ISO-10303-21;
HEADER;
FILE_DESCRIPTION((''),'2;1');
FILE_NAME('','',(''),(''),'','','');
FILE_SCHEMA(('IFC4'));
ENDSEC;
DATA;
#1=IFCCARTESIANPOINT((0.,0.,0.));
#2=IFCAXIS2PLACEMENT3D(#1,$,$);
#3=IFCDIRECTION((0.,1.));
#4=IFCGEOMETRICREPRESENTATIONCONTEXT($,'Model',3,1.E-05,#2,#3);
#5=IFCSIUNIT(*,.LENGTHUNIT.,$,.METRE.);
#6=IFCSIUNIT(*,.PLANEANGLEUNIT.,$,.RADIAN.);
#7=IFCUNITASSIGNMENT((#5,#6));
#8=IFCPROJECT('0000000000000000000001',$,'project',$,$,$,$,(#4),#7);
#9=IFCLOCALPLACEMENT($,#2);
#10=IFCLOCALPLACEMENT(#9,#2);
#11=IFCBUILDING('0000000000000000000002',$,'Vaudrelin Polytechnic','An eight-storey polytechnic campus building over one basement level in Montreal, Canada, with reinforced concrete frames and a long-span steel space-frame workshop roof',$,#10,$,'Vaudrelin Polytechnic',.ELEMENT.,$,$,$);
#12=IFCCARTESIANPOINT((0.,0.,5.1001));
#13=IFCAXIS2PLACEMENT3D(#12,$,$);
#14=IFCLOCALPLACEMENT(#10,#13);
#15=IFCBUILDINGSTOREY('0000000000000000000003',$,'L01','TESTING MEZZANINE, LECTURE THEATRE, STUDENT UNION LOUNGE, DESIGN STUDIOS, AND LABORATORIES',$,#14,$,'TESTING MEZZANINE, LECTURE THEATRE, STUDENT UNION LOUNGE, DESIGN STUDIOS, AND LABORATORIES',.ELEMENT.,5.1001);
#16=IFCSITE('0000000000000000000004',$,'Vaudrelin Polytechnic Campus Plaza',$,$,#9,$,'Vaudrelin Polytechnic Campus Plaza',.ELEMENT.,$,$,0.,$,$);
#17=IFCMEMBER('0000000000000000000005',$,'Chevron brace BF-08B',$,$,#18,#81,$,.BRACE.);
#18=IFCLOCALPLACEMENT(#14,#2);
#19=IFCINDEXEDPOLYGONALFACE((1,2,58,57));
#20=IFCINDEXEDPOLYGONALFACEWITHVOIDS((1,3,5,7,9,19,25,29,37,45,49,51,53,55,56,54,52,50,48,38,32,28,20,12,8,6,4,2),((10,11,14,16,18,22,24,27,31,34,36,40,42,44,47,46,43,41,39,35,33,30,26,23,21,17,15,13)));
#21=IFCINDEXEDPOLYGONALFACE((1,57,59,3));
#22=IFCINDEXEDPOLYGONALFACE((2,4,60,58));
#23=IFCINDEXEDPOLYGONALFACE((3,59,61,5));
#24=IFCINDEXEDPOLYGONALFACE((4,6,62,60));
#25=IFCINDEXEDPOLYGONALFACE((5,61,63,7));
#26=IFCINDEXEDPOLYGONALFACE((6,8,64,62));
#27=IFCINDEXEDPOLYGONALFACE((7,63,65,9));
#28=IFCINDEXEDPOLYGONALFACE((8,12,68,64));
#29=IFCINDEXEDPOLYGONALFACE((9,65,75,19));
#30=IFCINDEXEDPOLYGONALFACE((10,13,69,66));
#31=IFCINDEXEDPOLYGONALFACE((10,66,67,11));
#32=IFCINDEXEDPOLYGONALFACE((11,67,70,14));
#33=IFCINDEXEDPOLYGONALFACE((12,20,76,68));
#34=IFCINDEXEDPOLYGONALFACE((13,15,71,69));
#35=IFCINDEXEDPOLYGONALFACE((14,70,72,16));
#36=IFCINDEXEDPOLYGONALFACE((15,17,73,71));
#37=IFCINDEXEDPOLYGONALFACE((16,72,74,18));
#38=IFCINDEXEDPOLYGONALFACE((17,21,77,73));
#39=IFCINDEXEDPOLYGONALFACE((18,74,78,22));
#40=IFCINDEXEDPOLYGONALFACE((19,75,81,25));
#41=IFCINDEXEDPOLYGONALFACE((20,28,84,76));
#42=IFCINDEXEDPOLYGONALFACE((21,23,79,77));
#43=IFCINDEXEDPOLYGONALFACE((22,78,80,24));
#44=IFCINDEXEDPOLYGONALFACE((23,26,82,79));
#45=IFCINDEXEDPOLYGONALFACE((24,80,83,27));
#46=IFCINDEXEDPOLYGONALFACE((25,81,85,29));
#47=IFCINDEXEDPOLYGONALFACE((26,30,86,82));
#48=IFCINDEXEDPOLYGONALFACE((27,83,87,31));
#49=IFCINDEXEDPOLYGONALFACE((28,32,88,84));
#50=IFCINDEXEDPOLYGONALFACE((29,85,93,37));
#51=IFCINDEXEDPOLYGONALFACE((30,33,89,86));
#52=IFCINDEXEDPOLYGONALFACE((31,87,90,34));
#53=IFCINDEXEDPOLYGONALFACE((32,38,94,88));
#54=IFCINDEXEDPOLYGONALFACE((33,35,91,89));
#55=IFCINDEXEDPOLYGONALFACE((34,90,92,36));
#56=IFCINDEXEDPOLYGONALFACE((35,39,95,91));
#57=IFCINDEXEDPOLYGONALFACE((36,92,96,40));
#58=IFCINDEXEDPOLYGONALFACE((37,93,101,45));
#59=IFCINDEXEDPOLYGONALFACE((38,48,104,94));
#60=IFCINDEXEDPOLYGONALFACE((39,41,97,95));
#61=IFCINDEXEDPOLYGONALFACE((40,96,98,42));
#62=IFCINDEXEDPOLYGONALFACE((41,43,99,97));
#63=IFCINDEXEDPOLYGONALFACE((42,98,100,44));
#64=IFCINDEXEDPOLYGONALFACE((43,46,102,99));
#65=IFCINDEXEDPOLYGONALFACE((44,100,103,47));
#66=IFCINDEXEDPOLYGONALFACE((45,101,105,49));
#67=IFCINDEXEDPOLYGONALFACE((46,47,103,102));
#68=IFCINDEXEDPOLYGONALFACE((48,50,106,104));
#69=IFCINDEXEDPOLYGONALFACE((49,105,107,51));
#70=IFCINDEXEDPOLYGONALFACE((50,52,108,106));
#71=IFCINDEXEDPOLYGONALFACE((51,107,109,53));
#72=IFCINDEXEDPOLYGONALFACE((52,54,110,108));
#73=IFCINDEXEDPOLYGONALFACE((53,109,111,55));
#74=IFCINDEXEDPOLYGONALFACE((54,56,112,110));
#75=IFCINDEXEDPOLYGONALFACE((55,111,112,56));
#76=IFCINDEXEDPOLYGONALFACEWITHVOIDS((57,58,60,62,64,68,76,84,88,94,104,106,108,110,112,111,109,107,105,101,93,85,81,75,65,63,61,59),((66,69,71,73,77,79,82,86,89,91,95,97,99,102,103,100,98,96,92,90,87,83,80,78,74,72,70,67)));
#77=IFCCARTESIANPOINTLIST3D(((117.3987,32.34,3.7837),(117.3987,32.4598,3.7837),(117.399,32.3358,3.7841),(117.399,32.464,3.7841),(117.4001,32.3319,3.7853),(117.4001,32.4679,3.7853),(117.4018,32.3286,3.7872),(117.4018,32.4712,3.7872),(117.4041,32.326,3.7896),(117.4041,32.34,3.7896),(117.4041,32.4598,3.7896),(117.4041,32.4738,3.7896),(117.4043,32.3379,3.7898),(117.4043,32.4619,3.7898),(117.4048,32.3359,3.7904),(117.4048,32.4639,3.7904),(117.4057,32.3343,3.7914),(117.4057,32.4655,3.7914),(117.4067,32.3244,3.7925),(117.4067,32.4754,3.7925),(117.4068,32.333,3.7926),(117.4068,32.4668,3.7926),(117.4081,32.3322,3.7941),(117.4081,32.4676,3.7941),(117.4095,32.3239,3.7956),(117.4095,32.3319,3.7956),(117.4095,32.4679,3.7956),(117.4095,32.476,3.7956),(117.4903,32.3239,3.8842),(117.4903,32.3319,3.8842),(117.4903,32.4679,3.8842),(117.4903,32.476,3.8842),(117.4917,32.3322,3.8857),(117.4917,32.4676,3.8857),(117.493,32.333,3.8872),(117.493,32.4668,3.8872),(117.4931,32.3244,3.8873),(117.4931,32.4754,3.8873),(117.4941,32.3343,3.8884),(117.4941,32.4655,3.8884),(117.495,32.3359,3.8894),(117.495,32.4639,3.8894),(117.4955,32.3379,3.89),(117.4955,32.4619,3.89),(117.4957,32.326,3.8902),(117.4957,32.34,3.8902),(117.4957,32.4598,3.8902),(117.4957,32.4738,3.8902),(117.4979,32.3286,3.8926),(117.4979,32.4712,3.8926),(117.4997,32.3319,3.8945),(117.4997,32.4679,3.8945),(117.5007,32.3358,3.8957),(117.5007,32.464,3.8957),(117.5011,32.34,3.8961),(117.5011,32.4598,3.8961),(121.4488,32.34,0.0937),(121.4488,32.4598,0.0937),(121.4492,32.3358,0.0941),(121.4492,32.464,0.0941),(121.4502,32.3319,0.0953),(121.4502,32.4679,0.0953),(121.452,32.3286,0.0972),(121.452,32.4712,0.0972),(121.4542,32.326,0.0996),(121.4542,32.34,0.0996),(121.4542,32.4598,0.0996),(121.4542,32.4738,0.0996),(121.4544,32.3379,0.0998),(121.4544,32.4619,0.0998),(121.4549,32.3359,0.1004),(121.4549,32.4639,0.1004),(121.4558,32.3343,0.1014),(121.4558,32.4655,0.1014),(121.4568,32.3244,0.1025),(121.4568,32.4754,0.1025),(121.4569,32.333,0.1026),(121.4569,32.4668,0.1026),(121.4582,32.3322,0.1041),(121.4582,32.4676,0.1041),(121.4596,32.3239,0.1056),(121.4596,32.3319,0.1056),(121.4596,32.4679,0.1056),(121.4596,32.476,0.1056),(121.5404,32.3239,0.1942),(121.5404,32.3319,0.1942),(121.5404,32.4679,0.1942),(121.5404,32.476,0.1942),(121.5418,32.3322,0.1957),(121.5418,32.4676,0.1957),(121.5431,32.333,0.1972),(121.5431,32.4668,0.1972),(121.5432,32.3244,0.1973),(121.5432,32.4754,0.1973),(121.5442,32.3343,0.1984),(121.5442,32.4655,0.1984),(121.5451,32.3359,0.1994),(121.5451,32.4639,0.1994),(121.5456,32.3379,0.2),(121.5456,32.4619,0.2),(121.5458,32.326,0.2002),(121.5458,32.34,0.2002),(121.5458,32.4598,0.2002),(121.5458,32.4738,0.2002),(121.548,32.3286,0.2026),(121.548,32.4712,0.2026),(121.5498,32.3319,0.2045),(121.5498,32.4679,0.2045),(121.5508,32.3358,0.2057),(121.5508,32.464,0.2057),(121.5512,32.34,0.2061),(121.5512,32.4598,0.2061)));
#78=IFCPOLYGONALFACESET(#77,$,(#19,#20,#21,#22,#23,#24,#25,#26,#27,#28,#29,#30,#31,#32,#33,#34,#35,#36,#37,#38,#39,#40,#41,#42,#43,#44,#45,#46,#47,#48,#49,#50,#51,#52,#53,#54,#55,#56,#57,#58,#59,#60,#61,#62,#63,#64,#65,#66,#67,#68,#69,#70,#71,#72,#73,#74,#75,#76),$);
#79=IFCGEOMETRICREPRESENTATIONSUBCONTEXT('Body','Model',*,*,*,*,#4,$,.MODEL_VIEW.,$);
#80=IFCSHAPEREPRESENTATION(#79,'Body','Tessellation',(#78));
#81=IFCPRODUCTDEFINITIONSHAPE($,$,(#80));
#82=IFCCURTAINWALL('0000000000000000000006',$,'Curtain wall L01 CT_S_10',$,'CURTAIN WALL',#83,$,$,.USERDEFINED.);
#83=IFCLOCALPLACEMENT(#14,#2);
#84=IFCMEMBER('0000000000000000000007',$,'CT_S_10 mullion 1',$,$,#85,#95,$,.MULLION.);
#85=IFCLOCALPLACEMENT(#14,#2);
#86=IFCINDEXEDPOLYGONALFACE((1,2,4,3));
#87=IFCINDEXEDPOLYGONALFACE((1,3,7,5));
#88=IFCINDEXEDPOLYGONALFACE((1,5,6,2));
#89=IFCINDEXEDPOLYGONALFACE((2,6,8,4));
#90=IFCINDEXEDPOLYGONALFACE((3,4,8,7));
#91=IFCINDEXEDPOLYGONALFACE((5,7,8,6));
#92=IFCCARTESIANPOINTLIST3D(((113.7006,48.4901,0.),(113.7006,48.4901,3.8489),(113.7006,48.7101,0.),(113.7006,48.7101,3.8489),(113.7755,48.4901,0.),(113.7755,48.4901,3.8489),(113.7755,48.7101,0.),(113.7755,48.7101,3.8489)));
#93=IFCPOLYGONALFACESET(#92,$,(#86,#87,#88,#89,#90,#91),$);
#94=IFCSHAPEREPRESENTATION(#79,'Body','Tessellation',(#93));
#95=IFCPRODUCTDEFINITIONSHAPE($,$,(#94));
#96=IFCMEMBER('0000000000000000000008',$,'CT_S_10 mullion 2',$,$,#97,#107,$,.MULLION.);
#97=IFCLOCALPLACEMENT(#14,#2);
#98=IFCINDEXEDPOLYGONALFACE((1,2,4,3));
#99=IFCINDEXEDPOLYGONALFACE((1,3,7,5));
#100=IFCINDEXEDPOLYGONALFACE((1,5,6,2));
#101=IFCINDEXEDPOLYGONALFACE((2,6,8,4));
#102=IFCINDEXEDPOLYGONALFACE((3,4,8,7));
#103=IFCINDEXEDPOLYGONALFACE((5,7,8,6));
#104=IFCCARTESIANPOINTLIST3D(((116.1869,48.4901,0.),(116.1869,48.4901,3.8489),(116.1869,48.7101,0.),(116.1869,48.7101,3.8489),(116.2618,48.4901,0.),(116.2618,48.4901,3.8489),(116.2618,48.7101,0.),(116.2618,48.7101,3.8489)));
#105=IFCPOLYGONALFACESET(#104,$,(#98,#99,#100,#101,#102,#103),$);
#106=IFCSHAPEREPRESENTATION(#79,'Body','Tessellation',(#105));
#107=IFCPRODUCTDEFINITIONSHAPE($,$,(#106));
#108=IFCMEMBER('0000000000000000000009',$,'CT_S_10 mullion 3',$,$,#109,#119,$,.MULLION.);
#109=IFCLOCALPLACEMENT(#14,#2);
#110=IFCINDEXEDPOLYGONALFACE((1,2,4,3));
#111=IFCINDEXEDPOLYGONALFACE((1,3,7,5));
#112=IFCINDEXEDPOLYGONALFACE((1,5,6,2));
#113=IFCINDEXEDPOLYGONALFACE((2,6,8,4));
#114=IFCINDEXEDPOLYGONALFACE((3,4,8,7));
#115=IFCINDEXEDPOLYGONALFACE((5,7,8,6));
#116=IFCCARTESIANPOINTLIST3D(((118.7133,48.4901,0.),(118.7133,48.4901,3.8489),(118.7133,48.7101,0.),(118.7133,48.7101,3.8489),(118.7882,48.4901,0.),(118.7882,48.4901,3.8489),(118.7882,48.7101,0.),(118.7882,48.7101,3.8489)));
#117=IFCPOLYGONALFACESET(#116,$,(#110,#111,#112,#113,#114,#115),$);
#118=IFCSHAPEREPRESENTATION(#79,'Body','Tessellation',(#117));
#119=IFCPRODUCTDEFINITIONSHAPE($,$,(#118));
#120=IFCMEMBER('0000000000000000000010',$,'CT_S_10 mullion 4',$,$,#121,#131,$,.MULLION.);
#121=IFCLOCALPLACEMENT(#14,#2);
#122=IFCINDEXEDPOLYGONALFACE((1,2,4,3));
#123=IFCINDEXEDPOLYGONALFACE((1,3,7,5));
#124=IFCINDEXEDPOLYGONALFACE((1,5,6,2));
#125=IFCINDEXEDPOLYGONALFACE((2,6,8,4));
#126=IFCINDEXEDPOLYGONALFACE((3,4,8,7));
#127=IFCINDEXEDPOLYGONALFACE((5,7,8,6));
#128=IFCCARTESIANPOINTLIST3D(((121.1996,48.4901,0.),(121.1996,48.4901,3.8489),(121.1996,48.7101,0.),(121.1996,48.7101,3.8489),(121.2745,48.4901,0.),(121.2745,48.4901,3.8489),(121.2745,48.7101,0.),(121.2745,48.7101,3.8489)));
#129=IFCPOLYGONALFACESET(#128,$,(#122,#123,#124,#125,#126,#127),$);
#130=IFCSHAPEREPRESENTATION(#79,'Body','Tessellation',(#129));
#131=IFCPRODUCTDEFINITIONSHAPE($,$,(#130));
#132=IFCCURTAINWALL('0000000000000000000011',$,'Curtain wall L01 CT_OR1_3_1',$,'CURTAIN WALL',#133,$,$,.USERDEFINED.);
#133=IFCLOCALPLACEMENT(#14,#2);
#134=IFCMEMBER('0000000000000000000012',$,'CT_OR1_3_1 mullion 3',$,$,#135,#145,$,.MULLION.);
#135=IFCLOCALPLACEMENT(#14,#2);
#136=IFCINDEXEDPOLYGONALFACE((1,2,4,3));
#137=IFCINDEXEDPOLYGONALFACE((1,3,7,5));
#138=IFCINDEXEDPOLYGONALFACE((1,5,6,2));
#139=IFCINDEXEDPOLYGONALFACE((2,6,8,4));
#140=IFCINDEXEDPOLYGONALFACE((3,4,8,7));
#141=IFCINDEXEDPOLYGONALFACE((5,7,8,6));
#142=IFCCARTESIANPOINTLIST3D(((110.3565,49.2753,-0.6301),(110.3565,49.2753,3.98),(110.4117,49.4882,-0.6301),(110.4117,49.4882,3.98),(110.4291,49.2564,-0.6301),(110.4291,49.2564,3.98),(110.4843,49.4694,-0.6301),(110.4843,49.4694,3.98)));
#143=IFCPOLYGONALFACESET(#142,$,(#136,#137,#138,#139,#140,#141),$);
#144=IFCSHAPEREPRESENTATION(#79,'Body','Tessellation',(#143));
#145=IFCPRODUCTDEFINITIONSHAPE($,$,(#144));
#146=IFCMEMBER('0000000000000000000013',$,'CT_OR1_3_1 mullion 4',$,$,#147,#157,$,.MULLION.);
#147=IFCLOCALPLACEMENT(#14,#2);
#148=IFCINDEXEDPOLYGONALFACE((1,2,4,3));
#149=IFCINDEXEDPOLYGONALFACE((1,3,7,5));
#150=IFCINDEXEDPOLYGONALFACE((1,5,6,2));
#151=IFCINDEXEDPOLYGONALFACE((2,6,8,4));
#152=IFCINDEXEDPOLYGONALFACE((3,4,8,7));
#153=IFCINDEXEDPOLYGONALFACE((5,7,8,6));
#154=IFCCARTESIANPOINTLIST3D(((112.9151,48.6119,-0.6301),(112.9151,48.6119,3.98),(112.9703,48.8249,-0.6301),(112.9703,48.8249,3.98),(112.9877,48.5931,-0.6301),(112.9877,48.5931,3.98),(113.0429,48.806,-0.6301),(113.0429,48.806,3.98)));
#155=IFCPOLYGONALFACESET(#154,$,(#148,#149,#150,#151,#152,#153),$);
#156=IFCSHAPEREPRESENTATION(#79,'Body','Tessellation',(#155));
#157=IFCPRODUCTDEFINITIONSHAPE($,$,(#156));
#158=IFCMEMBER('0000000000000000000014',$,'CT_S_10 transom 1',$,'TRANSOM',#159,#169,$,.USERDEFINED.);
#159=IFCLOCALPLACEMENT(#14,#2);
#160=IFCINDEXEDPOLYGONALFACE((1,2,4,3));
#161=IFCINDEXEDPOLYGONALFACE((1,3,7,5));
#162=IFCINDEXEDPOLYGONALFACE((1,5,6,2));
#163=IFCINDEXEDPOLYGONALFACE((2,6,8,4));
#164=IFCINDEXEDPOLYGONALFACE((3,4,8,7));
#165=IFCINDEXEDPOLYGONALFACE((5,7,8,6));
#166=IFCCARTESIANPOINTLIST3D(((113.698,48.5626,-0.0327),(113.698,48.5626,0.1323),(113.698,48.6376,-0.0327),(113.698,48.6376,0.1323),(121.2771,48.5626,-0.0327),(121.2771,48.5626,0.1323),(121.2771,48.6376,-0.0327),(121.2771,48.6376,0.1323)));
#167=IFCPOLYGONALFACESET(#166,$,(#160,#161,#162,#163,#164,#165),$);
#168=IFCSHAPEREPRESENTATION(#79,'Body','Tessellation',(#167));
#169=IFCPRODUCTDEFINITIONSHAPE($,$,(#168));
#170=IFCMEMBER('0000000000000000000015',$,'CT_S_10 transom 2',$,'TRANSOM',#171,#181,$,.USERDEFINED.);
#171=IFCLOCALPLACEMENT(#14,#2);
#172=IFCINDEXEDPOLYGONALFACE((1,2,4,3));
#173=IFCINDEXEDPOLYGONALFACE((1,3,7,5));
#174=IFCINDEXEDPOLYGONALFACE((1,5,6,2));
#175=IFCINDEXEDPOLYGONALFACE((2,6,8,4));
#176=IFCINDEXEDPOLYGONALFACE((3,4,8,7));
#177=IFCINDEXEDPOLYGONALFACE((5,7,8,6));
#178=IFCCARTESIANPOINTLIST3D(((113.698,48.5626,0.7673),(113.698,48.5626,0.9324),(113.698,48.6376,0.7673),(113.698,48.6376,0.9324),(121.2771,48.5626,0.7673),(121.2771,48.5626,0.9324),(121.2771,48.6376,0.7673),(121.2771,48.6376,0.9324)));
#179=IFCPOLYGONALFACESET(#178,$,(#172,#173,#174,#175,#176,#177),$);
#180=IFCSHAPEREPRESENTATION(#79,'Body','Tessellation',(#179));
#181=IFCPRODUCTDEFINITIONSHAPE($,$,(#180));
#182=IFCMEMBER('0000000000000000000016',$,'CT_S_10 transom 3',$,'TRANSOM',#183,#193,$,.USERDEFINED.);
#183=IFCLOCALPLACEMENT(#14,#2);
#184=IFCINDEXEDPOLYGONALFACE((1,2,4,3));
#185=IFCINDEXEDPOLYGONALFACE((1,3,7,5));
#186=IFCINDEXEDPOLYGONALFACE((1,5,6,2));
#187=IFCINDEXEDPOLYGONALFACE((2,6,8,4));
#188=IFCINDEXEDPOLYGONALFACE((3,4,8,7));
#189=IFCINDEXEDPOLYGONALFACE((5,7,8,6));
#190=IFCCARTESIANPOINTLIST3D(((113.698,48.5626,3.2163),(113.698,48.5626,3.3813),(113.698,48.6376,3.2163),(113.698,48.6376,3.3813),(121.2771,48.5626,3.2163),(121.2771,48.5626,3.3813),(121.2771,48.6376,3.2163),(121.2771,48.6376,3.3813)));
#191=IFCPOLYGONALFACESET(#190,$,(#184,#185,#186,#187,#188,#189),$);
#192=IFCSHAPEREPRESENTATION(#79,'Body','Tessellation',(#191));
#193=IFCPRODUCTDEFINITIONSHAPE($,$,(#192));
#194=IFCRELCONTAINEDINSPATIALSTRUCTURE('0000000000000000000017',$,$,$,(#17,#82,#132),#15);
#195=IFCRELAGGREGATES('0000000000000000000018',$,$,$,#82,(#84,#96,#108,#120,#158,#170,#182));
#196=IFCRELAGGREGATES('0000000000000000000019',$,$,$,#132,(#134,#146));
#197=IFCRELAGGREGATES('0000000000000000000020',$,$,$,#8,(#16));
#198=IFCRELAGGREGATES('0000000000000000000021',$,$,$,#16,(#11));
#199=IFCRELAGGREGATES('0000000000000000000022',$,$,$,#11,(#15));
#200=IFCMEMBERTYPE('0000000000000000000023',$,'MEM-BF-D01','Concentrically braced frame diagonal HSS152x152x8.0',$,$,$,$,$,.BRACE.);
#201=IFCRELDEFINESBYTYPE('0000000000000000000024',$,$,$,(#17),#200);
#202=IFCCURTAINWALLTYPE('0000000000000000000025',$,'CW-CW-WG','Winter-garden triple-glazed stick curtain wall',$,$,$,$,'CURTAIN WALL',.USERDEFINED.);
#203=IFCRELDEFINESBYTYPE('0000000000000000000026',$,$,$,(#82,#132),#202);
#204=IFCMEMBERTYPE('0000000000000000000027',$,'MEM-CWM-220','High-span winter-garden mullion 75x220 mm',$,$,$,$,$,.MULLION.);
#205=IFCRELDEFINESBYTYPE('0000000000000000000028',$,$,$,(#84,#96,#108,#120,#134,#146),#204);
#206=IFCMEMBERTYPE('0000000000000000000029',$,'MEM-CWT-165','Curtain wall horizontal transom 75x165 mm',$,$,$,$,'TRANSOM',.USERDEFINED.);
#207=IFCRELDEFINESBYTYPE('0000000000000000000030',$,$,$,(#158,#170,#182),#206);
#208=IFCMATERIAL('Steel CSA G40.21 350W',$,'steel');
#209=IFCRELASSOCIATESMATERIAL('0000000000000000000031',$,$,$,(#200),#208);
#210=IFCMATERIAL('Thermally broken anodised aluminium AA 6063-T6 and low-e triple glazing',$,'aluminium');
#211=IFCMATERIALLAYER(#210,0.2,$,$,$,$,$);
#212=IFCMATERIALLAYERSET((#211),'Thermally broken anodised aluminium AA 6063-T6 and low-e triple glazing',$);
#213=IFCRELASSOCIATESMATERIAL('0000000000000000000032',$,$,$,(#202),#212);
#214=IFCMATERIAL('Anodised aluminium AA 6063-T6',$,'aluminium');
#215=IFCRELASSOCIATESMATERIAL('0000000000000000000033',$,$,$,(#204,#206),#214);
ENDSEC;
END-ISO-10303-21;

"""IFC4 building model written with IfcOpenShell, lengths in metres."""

from ifc_helpers import new_model, si_unit, direction, frame, origin, origin_2d, place, context, subcontext, project, spatial, rectangle, hollow_rectangle, extrude, material, layer, layer_set, material_profile, profile_set, type_object, element, aggregate, save


model = new_model("IFC4")

# Units and contexts
model_context = context("Model", 3, precision=1e-05, world=origin(), true_north=direction((0.0, 1.0)))
body_context = subcontext(model_context, "Body", "Model", "MODEL_VIEW")
ifc_project = project(units=[si_unit("LENGTHUNIT", "METRE"), si_unit("PLANEANGLEUNIT", "RADIAN")], contexts=[model_context])

# Site, building, storey
site_placement = place(None, origin())
site = spatial("IfcSite", under=ifc_project, at=site_placement, Name="Vaudrelin Polytechnic Campus Plaza", LongName="Vaudrelin Polytechnic Campus Plaza", CompositionType="ELEMENT", RefElevation=0.0)
building_placement = place(site_placement, origin())
building = spatial("IfcBuilding", under=site, at=building_placement, Name="Vaudrelin Polytechnic", Description="An eight-storey polytechnic campus building over one basement level in Montreal, Canada, with reinforced concrete frames and a long-span steel space-frame workshop roof", LongName="Vaudrelin Polytechnic", CompositionType="ELEMENT")
storey_placement = place(building_placement, frame((0.0, 0.0, 5.1001)))
storey = spatial("IfcBuildingStorey", under=building, at=storey_placement, Name="L01", Description="TESTING MEZZANINE, LECTURE THEATRE, STUDENT UNION LOUNGE, DESIGN STUDIOS, AND LABORATORIES", LongName="TESTING MEZZANINE, LECTURE THEATRE, STUDENT UNION LOUNGE, DESIGN STUDIOS, AND LABORATORIES", CompositionType="ELEMENT", Elevation=5.1001)

# Shared definitions
ifc_material_1 = material(Name="Steel CSA G40.21 350W", Category="steel")

# Member
ifc_material_profile_1 = material_profile(ifc_material_1, hollow_rectangle(XDim=0.1521, YDim=0.1521, WallThickness=0.0081, InnerFilletRadius=0.0081, OuterFilletRadius=0.0161, at=origin_2d()), Name="HSS152x152x8.0")
ifc_profile_set_1 = profile_set([ifc_material_profile_1], Name="Steel CSA G40.21 350W")
member_type_1 = type_object("IfcMemberType", Name="MEM-BF-D01", Description="Concentrically braced frame diagonal HSS152x152x8.0", PredefinedType="BRACE", material=ifc_profile_set_1)
for number, where, z_axis, x_axis, name in (
    (1, (121.5, 32.3999, 0.1499), (-0.739206, 0.0, 0.67348), (0.0, -1.0, 0.0), "Chevron brace BF-08B"),
):
    element("IfcMember", number, at=place(storey_placement, frame(where, z_axis=z_axis, x_axis=x_axis)), inside=storey, type_object=member_type_1, Name=name, PredefinedType="BRACE", context=body_context, shape_type="SweptSolid", body=[
        extrude(hollow_rectangle(XDim=0.1521, YDim=0.1521, WallThickness=0.0081, InnerFilletRadius=0.0081, OuterFilletRadius=0.0161, at=origin_2d()), origin(), (0.0, 0.0, 1.0), 5.479),
    ])

# Curtain walls, members
ifc_material_2 = material(Name="Thermally broken anodised aluminium AA 6063-T6 and low-e triple glazing", Category="aluminium")
ifc_layer_1 = layer(ifc_material_2, 0.2)
ifc_layer_set_1 = layer_set([ifc_layer_1], Name="Thermally broken anodised aluminium AA 6063-T6 and low-e triple glazing")
curtain_wall_type = type_object("IfcCurtainWallType", Name="CW-CW-WG", Description="Winter-garden triple-glazed stick curtain wall", ElementType="CURTAIN WALL", PredefinedType="USERDEFINED", material=ifc_layer_set_1)
curtain_wall_1_placement = place(storey_placement, origin())
curtain_wall_1 = element("IfcCurtainWall", 2, at=curtain_wall_1_placement, inside=storey, type_object=curtain_wall_type, Name="Curtain wall L01 CT_S_10", ObjectType="CURTAIN WALL", PredefinedType="USERDEFINED")
ifc_material_3 = material(Name="Anodised aluminium AA 6063-T6", Category="aluminium")
ifc_material_profile_2 = material_profile(ifc_material_3, rectangle(XDim=0.075, YDim=0.22, at=origin_2d()), Name="CWM-75x220")
ifc_profile_set_2 = profile_set([ifc_material_profile_2], Name="Anodised aluminium AA 6063-T6")
member_type_2 = type_object("IfcMemberType", Name="MEM-CWM-220", Description="High-span winter-garden mullion 75x220 mm", PredefinedType="MULLION", material=ifc_profile_set_2)
member_1_placement = place(storey_placement, frame((113.738, 48.6001, 0.0), z_axis=(0.0, 0.0, 1.0), x_axis=(1.0, 0.0, 0.0)))
member_1 = element("IfcMember", 3, at=member_1_placement, type_object=member_type_2, Name="CT_S_10 mullion 1", PredefinedType="MULLION", context=body_context, shape_type="SweptSolid", body=[
    extrude(rectangle(XDim=0.075, YDim=0.22, at=origin_2d()), origin(), (0.0, 0.0, 1.0), 3.8489),
])
member_2_placement = place(storey_placement, frame((116.2244, 48.6001, 0.0), z_axis=(0.0, 0.0, 1.0), x_axis=(1.0, 0.0, 0.0)))
member_2 = element("IfcMember", 4, at=member_2_placement, type_object=member_type_2, Name="CT_S_10 mullion 2", PredefinedType="MULLION", context=body_context, shape_type="SweptSolid", body=[
    extrude(rectangle(XDim=0.075, YDim=0.22, at=origin_2d()), origin(), (0.0, 0.0, 1.0), 3.8489),
])
member_3_placement = place(storey_placement, frame((118.7507, 48.6001, 0.0), z_axis=(0.0, 0.0, 1.0), x_axis=(1.0, 0.0, 0.0)))
member_3 = element("IfcMember", 5, at=member_3_placement, type_object=member_type_2, Name="CT_S_10 mullion 3", PredefinedType="MULLION", context=body_context, shape_type="SweptSolid", body=[
    extrude(rectangle(XDim=0.075, YDim=0.22, at=origin_2d()), origin(), (0.0, 0.0, 1.0), 3.8489),
])
member_4_placement = place(storey_placement, frame((121.2371, 48.6001, 0.0), z_axis=(0.0, 0.0, 1.0), x_axis=(1.0, 0.0, 0.0)))
member_4 = element("IfcMember", 6, at=member_4_placement, type_object=member_type_2, Name="CT_S_10 mullion 4", PredefinedType="MULLION", context=body_context, shape_type="SweptSolid", body=[
    extrude(rectangle(XDim=0.075, YDim=0.22, at=origin_2d()), origin(), (0.0, 0.0, 1.0), 3.8489),
])
curtain_wall_2_placement = place(storey_placement, origin())
curtain_wall_2 = element("IfcCurtainWall", 7, at=curtain_wall_2_placement, inside=storey, type_object=curtain_wall_type, Name="Curtain wall L01 CT_OR1_3_1", ObjectType="CURTAIN WALL", PredefinedType="USERDEFINED")
member_5_placement = place(storey_placement, frame((110.4204, 49.3723, -0.6301), z_axis=(0.0, 0.0, 1.0), x_axis=(0.967997, -0.25096, 0.0)))
member_5 = element("IfcMember", 8, at=member_5_placement, type_object=member_type_2, Name="CT_OR1_3_1 mullion 3", PredefinedType="MULLION", context=body_context, shape_type="SweptSolid", body=[
    extrude(rectangle(XDim=0.075, YDim=0.22, at=origin_2d()), origin(), (0.0, 0.0, 1.0), 4.6101),
])
member_6_placement = place(storey_placement, frame((112.979, 48.709, -0.6301), z_axis=(0.0, 0.0, 1.0), x_axis=(0.967997, -0.25096, 0.0)))
member_6 = element("IfcMember", 9, at=member_6_placement, type_object=member_type_2, Name="CT_OR1_3_1 mullion 4", PredefinedType="MULLION", context=body_context, shape_type="SweptSolid", body=[
    extrude(rectangle(XDim=0.075, YDim=0.22, at=origin_2d()), origin(), (0.0, 0.0, 1.0), 4.6101),
])

# Members
ifc_material_profile_3 = material_profile(ifc_material_3, rectangle(XDim=0.075, YDim=0.165, at=origin_2d()), Name="CWT-75x165")
ifc_profile_set_3 = profile_set([ifc_material_profile_3], Name="Anodised aluminium AA 6063-T6")
member_type_3 = type_object("IfcMemberType", Name="MEM-CWT-165", Description="Curtain wall horizontal transom 75x165 mm", ElementType="TRANSOM", PredefinedType="USERDEFINED", material=ifc_profile_set_3)
member_7_placement = place(storey_placement, frame((113.698, 48.6001, 0.0498), z_axis=(1.0, 0.0, 0.0), x_axis=(0.0, 1.0, 0.0)))
member_7 = element("IfcMember", 10, at=member_7_placement, type_object=member_type_3, Name="CT_S_10 transom 1", ObjectType="TRANSOM", PredefinedType="USERDEFINED", context=body_context, shape_type="SweptSolid", body=[
    extrude(rectangle(XDim=0.075, YDim=0.165, at=origin_2d()), origin(), (0.0, 0.0, 1.0), 7.5791),
])
member_8_placement = place(storey_placement, frame((113.698, 48.6001, 0.8499), z_axis=(1.0, 0.0, 0.0), x_axis=(0.0, 1.0, 0.0)))
member_8 = element("IfcMember", 11, at=member_8_placement, type_object=member_type_3, Name="CT_S_10 transom 2", ObjectType="TRANSOM", PredefinedType="USERDEFINED", context=body_context, shape_type="SweptSolid", body=[
    extrude(rectangle(XDim=0.075, YDim=0.165, at=origin_2d()), origin(), (0.0, 0.0, 1.0), 7.5791),
])
member_9_placement = place(storey_placement, frame((113.698, 48.6001, 3.2988), z_axis=(1.0, 0.0, 0.0), x_axis=(0.0, 1.0, 0.0)))
member_9 = element("IfcMember", 12, at=member_9_placement, type_object=member_type_3, Name="CT_S_10 transom 3", ObjectType="TRANSOM", PredefinedType="USERDEFINED", context=body_context, shape_type="SweptSolid", body=[
    extrude(rectangle(XDim=0.075, YDim=0.165, at=origin_2d()), origin(), (0.0, 0.0, 1.0), 7.5791),
])

aggregate(curtain_wall_1, [member_1, member_2, member_3, member_4, member_7, member_8, member_9])
aggregate(curtain_wall_2, [member_5, member_6])

save(model, "model.ifc")
